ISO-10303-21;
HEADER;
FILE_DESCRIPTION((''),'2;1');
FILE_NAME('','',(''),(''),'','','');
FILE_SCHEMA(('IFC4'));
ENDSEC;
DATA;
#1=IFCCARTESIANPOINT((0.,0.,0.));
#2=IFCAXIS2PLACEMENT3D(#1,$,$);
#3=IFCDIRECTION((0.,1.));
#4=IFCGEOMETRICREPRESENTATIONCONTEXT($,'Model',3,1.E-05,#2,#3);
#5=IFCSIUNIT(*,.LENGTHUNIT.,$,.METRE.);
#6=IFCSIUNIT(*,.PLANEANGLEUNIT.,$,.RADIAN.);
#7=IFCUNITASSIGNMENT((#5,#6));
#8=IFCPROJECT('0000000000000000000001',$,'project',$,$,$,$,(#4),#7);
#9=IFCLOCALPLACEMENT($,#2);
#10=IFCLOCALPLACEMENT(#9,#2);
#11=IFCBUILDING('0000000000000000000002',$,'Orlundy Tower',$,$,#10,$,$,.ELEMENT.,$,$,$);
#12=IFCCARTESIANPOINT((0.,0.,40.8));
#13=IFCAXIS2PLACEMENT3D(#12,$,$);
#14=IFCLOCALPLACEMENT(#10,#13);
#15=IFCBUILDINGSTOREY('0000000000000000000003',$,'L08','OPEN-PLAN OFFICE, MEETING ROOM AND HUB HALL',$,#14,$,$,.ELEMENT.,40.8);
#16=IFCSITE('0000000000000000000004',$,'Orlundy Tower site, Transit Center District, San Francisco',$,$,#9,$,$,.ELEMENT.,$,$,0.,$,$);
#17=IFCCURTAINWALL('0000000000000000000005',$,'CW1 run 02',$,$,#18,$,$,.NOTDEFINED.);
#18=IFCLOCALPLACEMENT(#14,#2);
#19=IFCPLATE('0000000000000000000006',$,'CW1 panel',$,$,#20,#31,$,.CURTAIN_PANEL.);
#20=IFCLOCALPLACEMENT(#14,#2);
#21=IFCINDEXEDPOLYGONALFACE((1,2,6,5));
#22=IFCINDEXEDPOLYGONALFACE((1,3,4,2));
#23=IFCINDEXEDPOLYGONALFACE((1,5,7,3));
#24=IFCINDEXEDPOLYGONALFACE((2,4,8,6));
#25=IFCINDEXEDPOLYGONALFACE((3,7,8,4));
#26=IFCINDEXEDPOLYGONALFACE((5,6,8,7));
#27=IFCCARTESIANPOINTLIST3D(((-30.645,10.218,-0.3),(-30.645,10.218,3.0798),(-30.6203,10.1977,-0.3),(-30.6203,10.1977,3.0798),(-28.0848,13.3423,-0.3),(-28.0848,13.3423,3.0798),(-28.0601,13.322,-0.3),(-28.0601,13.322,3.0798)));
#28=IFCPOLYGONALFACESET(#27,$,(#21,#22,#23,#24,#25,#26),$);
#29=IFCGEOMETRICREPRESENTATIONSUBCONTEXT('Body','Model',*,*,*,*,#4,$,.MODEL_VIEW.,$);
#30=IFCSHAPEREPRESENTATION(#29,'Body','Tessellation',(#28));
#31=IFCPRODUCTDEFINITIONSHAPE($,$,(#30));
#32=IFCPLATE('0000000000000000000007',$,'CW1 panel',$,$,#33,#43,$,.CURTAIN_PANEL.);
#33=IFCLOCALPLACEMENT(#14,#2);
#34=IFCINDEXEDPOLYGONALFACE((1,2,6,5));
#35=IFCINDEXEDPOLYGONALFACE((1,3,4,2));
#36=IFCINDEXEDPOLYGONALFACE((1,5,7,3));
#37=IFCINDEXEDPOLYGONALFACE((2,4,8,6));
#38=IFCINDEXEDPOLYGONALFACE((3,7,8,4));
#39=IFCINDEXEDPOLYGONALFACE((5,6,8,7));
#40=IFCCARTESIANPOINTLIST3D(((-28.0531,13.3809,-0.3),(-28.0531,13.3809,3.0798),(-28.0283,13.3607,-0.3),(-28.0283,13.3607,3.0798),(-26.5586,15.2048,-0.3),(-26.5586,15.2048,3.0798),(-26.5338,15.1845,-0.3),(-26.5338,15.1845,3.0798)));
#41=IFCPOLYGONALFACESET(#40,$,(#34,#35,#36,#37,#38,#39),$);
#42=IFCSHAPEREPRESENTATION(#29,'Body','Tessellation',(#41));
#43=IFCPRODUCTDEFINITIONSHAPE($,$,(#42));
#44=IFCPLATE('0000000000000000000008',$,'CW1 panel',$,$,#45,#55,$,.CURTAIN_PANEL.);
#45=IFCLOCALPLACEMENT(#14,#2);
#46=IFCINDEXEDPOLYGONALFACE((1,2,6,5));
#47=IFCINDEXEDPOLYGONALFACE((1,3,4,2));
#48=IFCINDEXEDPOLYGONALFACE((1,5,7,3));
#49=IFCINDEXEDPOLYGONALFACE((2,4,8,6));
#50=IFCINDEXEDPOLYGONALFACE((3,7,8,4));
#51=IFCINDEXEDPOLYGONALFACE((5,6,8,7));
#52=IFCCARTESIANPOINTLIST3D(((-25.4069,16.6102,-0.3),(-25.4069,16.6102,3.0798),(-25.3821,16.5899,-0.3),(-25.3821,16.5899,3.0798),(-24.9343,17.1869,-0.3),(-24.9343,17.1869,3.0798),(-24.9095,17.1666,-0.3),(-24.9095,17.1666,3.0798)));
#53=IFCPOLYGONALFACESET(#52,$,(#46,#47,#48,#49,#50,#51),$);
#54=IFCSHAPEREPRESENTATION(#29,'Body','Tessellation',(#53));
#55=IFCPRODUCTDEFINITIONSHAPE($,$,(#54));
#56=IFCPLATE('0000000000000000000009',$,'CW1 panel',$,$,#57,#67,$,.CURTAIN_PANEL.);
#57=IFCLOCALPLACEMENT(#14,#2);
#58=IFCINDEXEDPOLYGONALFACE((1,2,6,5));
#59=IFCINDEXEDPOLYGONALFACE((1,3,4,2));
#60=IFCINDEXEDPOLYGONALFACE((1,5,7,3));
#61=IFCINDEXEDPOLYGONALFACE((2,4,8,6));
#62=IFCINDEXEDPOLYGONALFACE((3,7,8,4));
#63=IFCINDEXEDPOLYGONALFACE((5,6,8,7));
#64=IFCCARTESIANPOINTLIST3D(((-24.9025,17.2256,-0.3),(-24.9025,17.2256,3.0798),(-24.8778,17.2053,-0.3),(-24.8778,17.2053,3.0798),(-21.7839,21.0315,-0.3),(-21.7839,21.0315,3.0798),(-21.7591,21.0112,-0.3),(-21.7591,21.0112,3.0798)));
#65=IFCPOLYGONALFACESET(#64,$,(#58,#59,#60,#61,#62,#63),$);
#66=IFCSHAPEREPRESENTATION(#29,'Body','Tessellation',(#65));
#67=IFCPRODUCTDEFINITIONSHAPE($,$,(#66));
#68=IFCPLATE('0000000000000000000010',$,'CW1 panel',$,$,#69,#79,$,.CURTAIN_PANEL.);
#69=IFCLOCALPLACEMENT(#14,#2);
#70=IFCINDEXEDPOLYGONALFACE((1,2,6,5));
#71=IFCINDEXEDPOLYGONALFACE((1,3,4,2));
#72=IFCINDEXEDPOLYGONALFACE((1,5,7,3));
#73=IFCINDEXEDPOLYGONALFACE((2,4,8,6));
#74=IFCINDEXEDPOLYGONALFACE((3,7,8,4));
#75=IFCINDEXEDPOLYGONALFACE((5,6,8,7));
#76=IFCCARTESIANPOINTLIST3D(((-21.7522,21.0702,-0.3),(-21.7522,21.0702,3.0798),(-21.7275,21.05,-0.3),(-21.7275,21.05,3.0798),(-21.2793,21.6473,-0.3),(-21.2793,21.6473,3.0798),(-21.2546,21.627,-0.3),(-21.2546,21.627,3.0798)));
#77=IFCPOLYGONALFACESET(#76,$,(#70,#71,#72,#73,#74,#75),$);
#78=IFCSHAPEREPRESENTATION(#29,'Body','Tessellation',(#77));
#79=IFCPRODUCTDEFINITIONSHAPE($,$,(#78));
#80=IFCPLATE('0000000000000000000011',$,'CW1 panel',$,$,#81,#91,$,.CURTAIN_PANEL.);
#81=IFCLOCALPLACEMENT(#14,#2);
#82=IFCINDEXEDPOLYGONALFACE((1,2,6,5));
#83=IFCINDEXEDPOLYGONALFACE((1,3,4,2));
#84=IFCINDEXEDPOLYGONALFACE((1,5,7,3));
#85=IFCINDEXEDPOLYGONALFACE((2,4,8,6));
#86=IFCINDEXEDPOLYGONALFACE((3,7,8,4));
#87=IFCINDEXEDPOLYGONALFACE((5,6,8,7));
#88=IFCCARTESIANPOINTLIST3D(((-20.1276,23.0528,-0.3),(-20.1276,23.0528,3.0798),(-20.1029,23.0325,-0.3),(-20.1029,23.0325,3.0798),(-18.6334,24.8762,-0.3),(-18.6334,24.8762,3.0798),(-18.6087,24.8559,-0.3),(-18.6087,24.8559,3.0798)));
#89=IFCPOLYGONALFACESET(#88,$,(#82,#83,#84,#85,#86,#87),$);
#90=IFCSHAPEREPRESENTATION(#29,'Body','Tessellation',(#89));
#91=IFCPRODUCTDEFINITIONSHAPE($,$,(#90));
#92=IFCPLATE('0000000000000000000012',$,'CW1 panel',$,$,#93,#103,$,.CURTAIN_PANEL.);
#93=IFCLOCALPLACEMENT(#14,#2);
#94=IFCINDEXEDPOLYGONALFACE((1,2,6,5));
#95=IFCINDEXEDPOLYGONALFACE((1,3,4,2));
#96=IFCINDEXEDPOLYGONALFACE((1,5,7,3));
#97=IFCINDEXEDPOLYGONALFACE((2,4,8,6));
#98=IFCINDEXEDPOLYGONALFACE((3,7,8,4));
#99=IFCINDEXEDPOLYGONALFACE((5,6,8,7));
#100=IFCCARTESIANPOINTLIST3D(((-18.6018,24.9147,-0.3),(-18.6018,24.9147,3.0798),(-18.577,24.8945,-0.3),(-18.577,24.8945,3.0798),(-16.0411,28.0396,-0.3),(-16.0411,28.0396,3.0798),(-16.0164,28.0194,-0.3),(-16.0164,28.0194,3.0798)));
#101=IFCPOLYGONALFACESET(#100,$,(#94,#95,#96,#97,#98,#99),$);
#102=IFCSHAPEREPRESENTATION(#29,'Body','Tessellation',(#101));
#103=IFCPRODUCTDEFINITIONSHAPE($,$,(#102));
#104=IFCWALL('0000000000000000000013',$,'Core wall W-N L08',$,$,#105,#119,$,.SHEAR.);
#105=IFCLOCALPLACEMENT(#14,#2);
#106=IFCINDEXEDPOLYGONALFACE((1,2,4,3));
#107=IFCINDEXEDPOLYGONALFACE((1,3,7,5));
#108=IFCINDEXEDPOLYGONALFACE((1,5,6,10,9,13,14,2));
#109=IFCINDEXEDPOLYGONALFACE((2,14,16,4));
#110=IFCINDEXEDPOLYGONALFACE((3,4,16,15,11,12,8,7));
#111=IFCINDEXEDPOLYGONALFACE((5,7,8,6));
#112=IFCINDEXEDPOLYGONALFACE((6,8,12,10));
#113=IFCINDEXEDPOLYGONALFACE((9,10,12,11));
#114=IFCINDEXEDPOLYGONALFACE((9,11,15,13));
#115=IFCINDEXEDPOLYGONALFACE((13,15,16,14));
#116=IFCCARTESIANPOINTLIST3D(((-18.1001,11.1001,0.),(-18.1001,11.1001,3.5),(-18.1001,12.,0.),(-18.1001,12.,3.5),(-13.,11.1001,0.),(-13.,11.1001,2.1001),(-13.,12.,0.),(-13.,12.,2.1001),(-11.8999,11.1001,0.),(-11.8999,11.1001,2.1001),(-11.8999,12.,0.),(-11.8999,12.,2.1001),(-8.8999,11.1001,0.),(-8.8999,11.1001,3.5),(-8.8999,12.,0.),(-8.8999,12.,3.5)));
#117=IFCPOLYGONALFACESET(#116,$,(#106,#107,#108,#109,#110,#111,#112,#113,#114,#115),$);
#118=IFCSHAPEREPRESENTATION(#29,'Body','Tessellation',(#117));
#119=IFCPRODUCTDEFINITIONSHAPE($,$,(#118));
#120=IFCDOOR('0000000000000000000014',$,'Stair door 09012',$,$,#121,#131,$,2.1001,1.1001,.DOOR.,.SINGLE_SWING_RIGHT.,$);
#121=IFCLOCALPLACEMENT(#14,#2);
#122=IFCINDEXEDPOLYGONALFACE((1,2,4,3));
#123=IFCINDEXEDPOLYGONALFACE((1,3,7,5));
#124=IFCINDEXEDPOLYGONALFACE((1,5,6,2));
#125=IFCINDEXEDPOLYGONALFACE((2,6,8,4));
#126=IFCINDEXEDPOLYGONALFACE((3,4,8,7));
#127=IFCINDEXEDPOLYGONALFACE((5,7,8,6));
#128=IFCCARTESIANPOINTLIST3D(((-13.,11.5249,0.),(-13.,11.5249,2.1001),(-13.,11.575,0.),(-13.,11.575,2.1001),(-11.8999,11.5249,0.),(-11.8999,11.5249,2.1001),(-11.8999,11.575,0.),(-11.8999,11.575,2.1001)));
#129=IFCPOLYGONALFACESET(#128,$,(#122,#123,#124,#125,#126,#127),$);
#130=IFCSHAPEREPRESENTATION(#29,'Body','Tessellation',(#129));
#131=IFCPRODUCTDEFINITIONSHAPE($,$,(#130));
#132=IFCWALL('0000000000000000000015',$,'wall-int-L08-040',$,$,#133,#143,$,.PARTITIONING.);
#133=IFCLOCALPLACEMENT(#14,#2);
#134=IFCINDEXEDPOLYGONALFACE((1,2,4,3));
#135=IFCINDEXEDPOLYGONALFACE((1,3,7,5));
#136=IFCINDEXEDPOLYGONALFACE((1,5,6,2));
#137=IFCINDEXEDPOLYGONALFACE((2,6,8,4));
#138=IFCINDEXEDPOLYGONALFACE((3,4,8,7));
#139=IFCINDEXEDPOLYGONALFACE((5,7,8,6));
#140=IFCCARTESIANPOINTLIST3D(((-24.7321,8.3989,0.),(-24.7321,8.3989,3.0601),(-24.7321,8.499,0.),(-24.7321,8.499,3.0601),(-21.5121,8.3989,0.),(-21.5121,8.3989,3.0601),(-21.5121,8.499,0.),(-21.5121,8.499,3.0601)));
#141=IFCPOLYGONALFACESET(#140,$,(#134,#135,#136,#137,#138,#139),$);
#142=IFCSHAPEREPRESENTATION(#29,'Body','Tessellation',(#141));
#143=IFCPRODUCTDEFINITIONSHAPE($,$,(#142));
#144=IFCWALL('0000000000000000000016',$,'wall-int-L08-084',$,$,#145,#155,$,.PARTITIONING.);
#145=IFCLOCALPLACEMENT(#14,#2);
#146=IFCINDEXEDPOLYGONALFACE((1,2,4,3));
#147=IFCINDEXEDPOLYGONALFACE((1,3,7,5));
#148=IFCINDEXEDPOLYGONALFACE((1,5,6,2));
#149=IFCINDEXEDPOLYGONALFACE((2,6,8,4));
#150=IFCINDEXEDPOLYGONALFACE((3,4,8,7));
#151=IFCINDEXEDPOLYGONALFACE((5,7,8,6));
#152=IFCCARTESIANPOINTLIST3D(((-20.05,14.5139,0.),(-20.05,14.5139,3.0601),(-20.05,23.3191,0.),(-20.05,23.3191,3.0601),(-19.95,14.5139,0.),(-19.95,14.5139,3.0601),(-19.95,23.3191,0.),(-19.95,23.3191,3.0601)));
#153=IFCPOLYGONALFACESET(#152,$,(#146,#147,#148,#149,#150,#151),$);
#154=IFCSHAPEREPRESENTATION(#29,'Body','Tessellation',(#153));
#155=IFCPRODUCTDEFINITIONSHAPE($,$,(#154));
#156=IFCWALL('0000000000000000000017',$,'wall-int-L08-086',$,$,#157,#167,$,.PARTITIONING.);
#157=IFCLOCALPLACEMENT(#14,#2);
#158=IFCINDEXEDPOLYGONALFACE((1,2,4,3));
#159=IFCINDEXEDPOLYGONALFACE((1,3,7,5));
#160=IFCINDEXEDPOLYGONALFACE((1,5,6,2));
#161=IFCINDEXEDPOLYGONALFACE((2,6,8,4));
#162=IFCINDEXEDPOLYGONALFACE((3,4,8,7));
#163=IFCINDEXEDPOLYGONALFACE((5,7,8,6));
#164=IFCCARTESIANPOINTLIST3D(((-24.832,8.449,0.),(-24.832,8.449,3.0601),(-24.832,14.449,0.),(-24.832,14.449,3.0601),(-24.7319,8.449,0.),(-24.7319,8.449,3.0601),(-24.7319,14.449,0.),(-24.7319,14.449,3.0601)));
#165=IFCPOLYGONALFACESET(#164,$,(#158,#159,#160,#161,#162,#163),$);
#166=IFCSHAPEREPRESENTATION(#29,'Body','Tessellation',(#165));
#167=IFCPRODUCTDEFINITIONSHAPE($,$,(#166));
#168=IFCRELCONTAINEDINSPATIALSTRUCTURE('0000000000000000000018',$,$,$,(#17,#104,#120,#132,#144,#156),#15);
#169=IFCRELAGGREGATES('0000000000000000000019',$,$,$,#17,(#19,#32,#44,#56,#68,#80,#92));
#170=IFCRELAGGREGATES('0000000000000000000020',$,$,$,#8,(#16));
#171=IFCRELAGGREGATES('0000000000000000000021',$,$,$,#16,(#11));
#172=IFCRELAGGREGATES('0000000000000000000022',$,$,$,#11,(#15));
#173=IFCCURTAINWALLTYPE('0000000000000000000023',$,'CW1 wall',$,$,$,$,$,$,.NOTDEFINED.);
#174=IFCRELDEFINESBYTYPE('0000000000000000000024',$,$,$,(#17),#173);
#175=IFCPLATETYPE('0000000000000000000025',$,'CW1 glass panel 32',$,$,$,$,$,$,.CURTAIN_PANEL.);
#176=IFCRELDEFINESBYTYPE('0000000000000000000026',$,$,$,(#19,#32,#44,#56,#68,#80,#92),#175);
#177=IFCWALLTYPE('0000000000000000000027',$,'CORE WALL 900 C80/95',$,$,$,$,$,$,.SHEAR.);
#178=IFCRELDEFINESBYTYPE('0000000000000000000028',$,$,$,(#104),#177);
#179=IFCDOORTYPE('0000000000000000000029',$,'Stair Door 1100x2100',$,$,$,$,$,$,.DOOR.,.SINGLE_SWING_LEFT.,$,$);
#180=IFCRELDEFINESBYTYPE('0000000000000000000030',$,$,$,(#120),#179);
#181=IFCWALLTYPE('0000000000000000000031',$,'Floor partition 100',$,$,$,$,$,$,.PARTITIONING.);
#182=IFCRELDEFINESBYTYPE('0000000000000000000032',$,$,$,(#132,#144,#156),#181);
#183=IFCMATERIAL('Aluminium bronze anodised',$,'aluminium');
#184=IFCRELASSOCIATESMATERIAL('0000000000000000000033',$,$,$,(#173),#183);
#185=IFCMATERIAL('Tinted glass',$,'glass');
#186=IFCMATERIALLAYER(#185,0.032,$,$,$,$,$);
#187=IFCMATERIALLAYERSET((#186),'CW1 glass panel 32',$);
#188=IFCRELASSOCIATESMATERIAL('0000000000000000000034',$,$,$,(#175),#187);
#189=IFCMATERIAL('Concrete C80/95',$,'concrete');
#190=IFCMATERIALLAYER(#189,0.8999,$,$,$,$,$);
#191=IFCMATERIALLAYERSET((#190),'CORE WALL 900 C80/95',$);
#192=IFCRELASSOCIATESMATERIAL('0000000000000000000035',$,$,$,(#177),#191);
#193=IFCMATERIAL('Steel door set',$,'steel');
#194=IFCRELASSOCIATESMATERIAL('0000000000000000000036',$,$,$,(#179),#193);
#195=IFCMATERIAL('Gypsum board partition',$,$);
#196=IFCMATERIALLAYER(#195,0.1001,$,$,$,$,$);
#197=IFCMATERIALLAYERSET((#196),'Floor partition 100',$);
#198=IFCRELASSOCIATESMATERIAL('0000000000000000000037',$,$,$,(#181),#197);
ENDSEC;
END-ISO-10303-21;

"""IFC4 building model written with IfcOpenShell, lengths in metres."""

from ifc_helpers import new_model, si_unit, direction, frame, frame_2d, origin, origin_2d, place, context, subcontext, project, spatial, rectangle, extrude, material, layer, layer_set, type_object, element, fill, aggregate, save


model = new_model("IFC4")

# Units and contexts
model_context = context("Model", 3, precision=1e-05, world=origin(), true_north=direction((0.0, 1.0)))
body_context = subcontext(model_context, "Body", "Model", "MODEL_VIEW")
ifc_project = project(units=[si_unit("LENGTHUNIT", "METRE"), si_unit("PLANEANGLEUNIT", "RADIAN")], contexts=[model_context])

# Site, building, storey
site_placement = place(None, origin())
site = spatial("IfcSite", under=ifc_project, at=site_placement, Name="Orlundy Tower site, Transit Center District, San Francisco", CompositionType="ELEMENT", RefElevation=0.0)
building_placement = place(site_placement, origin())
building = spatial("IfcBuilding", under=site, at=building_placement, Name="Orlundy Tower", CompositionType="ELEMENT")
storey_placement = place(building_placement, frame((0.0, 0.0, 40.8)))
storey = spatial("IfcBuildingStorey", under=building, at=storey_placement, Name="L08", Description="OPEN-PLAN OFFICE, MEETING ROOM AND HUB HALL", CompositionType="ELEMENT", Elevation=40.8)

# Shared definitions
ifc_material_1 = material(Name="Aluminium bronze anodised", Category="aluminium")
curtain_wall_type = type_object("IfcCurtainWallType", Name="CW1 wall", PredefinedType="NOTDEFINED", material=ifc_material_1)

# Curtain wall
curtain_wall_1_placement = place(storey_placement, origin())
curtain_wall_1 = element("IfcCurtainWall", 1, at=curtain_wall_1_placement, inside=storey, type_object=curtain_wall_type, Name="CW1 run 02", PredefinedType="NOTDEFINED")

# Plates
ifc_material_2 = material(Name="Tinted glass", Category="glass")
ifc_layer_1 = layer(ifc_material_2, 0.032)
ifc_layer_set_1 = layer_set([ifc_layer_1], Name="CW1 glass panel 32")
plate_type = type_object("IfcPlateType", Name="CW1 glass panel 32", PredefinedType="CURTAIN_PANEL", material=ifc_layer_set_1)
plate_1_placement = place(storey_placement, frame((-29.3525, 11.77, -0.3), z_axis=(0.0, 0.0, 1.0), x_axis=(0.633818, 0.773482, 0.0)))
plate_1 = element("IfcPlate", 2, at=plate_1_placement, type_object=plate_type, Name="CW1 panel", PredefinedType="CURTAIN_PANEL", context=body_context, shape_type="SweptSolid", body=[
    extrude(rectangle(XDim=4.0393, YDim=0.032, at=origin_2d()), origin(), (0.0, 0.0, 1.0), 3.3799),
])
plate_2_placement = place(storey_placement, frame((-27.2935, 14.2827, -0.3), z_axis=(0.0, 0.0, 1.0), x_axis=(0.633818, 0.773482, 0.0)))
plate_2 = element("IfcPlate", 3, at=plate_2_placement, type_object=plate_type, Name="CW1 panel", PredefinedType="CURTAIN_PANEL", context=body_context, shape_type="SweptSolid", body=[
    extrude(rectangle(XDim=2.3579, YDim=0.032, at=origin_2d()), origin(), (0.0, 0.0, 1.0), 3.3799),
])
plate_3_placement = place(storey_placement, frame((-25.1582, 16.8884, -0.3), z_axis=(0.0, 0.0, 1.0), x_axis=(0.633818, 0.773482, 0.0)))
plate_3 = element("IfcPlate", 4, at=plate_3_placement, type_object=plate_type, Name="CW1 panel", PredefinedType="CURTAIN_PANEL", context=body_context, shape_type="SweptSolid", body=[
    extrude(rectangle(XDim=0.7456, YDim=0.032, at=origin_2d()), origin(), (0.0, 0.0, 1.0), 3.3799),
])
plate_4_placement = place(storey_placement, frame((-23.3308, 19.1184, -0.3), z_axis=(0.0, 0.0, 1.0), x_axis=(0.633818, 0.773482, 0.0)))
plate_4 = element("IfcPlate", 5, at=plate_4_placement, type_object=plate_type, Name="CW1 panel", PredefinedType="CURTAIN_PANEL", context=body_context, shape_type="SweptSolid", body=[
    extrude(rectangle(XDim=4.9204, YDim=0.032, at=origin_2d()), origin(), (0.0, 0.0, 1.0), 3.3799),
])
plate_5_placement = place(storey_placement, frame((-21.5034, 21.3486, -0.3), z_axis=(0.0, 0.0, 1.0), x_axis=(0.633818, 0.773482, 0.0)))
plate_5 = element("IfcPlate", 6, at=plate_5_placement, type_object=plate_type, Name="CW1 panel", PredefinedType="CURTAIN_PANEL", context=body_context, shape_type="SweptSolid", body=[
    extrude(rectangle(XDim=0.7461, YDim=0.032, at=origin_2d()), origin(), (0.0, 0.0, 1.0), 3.3799),
])
plate_6_placement = place(storey_placement, frame((-19.3682, 23.9543, -0.3), z_axis=(0.0, 0.0, 1.0), x_axis=(0.633818, 0.773482, 0.0)))
plate_6 = element("IfcPlate", 7, at=plate_6_placement, type_object=plate_type, Name="CW1 panel", PredefinedType="CURTAIN_PANEL", context=body_context, shape_type="SweptSolid", body=[
    extrude(rectangle(XDim=2.3574, YDim=0.032, at=origin_2d()), origin(), (0.0, 0.0, 1.0), 3.3799),
])
plate_7_placement = place(storey_placement, frame((-17.3091, 26.467, -0.3), z_axis=(0.0, 0.0, 1.0), x_axis=(0.633818, 0.773482, 0.0)))
plate_7 = element("IfcPlate", 8, at=plate_7_placement, type_object=plate_type, Name="CW1 panel", PredefinedType="CURTAIN_PANEL", context=body_context, shape_type="SweptSolid", body=[
    extrude(rectangle(XDim=4.04, YDim=0.032, at=origin_2d()), origin(), (0.0, 0.0, 1.0), 3.3799),
])
aggregate(curtain_wall_1, [plate_1, plate_2, plate_3, plate_4, plate_5, plate_6, plate_7])

# Wall, opening, door
ifc_material_3 = material(Name="Concrete C80/95", Category="concrete")
ifc_layer_2 = layer(ifc_material_3, 0.8999)
ifc_layer_set_2 = layer_set([ifc_layer_2], Name="CORE WALL 900 C80/95")
wall_type_1 = type_object("IfcWallType", Name="CORE WALL 900 C80/95", PredefinedType="SHEAR", material=ifc_layer_set_2)
wall_1_placement = place(storey_placement, frame((-18.1001, 11.55, 0.0), z_axis=(0.0, 0.0, 1.0), x_axis=(1.0, 0.0, 0.0)))
wall_1 = element("IfcWall", 9, at=wall_1_placement, inside=storey, type_object=wall_type_1, Name="Core wall W-N L08", PredefinedType="SHEAR", context=body_context, shape_type="SweptSolid", body=[
    extrude(rectangle(XDim=9.2002, YDim=0.8999, at=frame_2d((4.6001, 0.0))), origin(), (0.0, 0.0, 1.0), 3.5),
])
opening_1_placement = place(wall_1_placement, frame((5.1001, 0.0, 0.0)))
opening_1 = element("IfcOpeningElement", 10, at=opening_1_placement, cuts=wall_1, PredefinedType="OPENING", context=body_context, shape_type="SweptSolid", body=[
    extrude(rectangle(XDim=1.1001, YDim=2.1001, at=frame_2d((0.55, 1.05))), frame((0.0, 0.46, 0.0), z_axis=(0.0, -1.0, 0.0), x_axis=(1.0, 0.0, 0.0)), (0.0, 0.0, 1.0), 0.9199),
])
ifc_material_4 = material(Name="Steel door set", Category="steel")
door_type_1 = type_object("IfcDoorType", Name="Stair Door 1100x2100", OperationType="SINGLE_SWING_LEFT", PredefinedType="DOOR", material=ifc_material_4)
door_1_placement = place(opening_1_placement, origin())
door_1 = element("IfcDoor", 11, at=door_1_placement, inside=storey, type_object=door_type_1, Name="Stair door 09012", OperationType="SINGLE_SWING_RIGHT", OverallHeight=2.1001, OverallWidth=1.1001, PredefinedType="DOOR", context=body_context, shape_type="SweptSolid", body=[
    extrude(rectangle(XDim=1.1001, YDim=2.1001, at=frame_2d((0.55, 1.05))), frame((0.0, 0.0249, 0.0), z_axis=(0.0, -1.0, 0.0), x_axis=(1.0, 0.0, 0.0)), (0.0, 0.0, 1.0), 0.05),
])
fill(opening_1, door_1)

# Walls
ifc_material_5 = material(Name="Gypsum board partition")
ifc_layer_3 = layer(ifc_material_5, 0.1001)
ifc_layer_set_3 = layer_set([ifc_layer_3], Name="Floor partition 100")
wall_type_2 = type_object("IfcWallType", Name="Floor partition 100", PredefinedType="PARTITIONING", material=ifc_layer_set_3)
wall_2_placement = place(storey_placement, frame((-24.7319, 8.449, 0.0), z_axis=(0.0, 0.0, 1.0), x_axis=(1.0, 0.0, 0.0)))
element("IfcWall", 12, at=wall_2_placement, inside=storey, type_object=wall_type_2, Name="wall-int-L08-040", PredefinedType="PARTITIONING", context=body_context, shape_type="SweptSolid", body=[
    extrude(rectangle(XDim=3.22, YDim=0.1001, at=frame_2d((1.6099, 0.0))), origin(), (0.0, 0.0, 1.0), 3.0601),
])
wall_3_placement = place(storey_placement, frame((-20.0, 14.5139, 0.0), z_axis=(0.0, 0.0, 1.0), x_axis=(0.0, 1.0, 0.0)))
element("IfcWall", 13, at=wall_3_placement, inside=storey, type_object=wall_type_2, Name="wall-int-L08-084", PredefinedType="PARTITIONING", context=body_context, shape_type="SweptSolid", body=[
    extrude(rectangle(XDim=8.8052, YDim=0.1001, at=frame_2d((4.4026, 0.0))), origin(), (0.0, 0.0, 1.0), 3.0601),
])
wall_4_placement = place(storey_placement, frame((-24.782, 8.449, 0.0), z_axis=(0.0, 0.0, 1.0), x_axis=(0.0, 1.0, 0.0)))
element("IfcWall", 14, at=wall_4_placement, inside=storey, type_object=wall_type_2, Name="wall-int-L08-086", PredefinedType="PARTITIONING", context=body_context, shape_type="SweptSolid", body=[
    extrude(rectangle(XDim=6.0, YDim=0.1001, at=frame_2d((3.0, 0.0))), origin(), (0.0, 0.0, 1.0), 3.0601),
])

save(model, "model.ifc")
